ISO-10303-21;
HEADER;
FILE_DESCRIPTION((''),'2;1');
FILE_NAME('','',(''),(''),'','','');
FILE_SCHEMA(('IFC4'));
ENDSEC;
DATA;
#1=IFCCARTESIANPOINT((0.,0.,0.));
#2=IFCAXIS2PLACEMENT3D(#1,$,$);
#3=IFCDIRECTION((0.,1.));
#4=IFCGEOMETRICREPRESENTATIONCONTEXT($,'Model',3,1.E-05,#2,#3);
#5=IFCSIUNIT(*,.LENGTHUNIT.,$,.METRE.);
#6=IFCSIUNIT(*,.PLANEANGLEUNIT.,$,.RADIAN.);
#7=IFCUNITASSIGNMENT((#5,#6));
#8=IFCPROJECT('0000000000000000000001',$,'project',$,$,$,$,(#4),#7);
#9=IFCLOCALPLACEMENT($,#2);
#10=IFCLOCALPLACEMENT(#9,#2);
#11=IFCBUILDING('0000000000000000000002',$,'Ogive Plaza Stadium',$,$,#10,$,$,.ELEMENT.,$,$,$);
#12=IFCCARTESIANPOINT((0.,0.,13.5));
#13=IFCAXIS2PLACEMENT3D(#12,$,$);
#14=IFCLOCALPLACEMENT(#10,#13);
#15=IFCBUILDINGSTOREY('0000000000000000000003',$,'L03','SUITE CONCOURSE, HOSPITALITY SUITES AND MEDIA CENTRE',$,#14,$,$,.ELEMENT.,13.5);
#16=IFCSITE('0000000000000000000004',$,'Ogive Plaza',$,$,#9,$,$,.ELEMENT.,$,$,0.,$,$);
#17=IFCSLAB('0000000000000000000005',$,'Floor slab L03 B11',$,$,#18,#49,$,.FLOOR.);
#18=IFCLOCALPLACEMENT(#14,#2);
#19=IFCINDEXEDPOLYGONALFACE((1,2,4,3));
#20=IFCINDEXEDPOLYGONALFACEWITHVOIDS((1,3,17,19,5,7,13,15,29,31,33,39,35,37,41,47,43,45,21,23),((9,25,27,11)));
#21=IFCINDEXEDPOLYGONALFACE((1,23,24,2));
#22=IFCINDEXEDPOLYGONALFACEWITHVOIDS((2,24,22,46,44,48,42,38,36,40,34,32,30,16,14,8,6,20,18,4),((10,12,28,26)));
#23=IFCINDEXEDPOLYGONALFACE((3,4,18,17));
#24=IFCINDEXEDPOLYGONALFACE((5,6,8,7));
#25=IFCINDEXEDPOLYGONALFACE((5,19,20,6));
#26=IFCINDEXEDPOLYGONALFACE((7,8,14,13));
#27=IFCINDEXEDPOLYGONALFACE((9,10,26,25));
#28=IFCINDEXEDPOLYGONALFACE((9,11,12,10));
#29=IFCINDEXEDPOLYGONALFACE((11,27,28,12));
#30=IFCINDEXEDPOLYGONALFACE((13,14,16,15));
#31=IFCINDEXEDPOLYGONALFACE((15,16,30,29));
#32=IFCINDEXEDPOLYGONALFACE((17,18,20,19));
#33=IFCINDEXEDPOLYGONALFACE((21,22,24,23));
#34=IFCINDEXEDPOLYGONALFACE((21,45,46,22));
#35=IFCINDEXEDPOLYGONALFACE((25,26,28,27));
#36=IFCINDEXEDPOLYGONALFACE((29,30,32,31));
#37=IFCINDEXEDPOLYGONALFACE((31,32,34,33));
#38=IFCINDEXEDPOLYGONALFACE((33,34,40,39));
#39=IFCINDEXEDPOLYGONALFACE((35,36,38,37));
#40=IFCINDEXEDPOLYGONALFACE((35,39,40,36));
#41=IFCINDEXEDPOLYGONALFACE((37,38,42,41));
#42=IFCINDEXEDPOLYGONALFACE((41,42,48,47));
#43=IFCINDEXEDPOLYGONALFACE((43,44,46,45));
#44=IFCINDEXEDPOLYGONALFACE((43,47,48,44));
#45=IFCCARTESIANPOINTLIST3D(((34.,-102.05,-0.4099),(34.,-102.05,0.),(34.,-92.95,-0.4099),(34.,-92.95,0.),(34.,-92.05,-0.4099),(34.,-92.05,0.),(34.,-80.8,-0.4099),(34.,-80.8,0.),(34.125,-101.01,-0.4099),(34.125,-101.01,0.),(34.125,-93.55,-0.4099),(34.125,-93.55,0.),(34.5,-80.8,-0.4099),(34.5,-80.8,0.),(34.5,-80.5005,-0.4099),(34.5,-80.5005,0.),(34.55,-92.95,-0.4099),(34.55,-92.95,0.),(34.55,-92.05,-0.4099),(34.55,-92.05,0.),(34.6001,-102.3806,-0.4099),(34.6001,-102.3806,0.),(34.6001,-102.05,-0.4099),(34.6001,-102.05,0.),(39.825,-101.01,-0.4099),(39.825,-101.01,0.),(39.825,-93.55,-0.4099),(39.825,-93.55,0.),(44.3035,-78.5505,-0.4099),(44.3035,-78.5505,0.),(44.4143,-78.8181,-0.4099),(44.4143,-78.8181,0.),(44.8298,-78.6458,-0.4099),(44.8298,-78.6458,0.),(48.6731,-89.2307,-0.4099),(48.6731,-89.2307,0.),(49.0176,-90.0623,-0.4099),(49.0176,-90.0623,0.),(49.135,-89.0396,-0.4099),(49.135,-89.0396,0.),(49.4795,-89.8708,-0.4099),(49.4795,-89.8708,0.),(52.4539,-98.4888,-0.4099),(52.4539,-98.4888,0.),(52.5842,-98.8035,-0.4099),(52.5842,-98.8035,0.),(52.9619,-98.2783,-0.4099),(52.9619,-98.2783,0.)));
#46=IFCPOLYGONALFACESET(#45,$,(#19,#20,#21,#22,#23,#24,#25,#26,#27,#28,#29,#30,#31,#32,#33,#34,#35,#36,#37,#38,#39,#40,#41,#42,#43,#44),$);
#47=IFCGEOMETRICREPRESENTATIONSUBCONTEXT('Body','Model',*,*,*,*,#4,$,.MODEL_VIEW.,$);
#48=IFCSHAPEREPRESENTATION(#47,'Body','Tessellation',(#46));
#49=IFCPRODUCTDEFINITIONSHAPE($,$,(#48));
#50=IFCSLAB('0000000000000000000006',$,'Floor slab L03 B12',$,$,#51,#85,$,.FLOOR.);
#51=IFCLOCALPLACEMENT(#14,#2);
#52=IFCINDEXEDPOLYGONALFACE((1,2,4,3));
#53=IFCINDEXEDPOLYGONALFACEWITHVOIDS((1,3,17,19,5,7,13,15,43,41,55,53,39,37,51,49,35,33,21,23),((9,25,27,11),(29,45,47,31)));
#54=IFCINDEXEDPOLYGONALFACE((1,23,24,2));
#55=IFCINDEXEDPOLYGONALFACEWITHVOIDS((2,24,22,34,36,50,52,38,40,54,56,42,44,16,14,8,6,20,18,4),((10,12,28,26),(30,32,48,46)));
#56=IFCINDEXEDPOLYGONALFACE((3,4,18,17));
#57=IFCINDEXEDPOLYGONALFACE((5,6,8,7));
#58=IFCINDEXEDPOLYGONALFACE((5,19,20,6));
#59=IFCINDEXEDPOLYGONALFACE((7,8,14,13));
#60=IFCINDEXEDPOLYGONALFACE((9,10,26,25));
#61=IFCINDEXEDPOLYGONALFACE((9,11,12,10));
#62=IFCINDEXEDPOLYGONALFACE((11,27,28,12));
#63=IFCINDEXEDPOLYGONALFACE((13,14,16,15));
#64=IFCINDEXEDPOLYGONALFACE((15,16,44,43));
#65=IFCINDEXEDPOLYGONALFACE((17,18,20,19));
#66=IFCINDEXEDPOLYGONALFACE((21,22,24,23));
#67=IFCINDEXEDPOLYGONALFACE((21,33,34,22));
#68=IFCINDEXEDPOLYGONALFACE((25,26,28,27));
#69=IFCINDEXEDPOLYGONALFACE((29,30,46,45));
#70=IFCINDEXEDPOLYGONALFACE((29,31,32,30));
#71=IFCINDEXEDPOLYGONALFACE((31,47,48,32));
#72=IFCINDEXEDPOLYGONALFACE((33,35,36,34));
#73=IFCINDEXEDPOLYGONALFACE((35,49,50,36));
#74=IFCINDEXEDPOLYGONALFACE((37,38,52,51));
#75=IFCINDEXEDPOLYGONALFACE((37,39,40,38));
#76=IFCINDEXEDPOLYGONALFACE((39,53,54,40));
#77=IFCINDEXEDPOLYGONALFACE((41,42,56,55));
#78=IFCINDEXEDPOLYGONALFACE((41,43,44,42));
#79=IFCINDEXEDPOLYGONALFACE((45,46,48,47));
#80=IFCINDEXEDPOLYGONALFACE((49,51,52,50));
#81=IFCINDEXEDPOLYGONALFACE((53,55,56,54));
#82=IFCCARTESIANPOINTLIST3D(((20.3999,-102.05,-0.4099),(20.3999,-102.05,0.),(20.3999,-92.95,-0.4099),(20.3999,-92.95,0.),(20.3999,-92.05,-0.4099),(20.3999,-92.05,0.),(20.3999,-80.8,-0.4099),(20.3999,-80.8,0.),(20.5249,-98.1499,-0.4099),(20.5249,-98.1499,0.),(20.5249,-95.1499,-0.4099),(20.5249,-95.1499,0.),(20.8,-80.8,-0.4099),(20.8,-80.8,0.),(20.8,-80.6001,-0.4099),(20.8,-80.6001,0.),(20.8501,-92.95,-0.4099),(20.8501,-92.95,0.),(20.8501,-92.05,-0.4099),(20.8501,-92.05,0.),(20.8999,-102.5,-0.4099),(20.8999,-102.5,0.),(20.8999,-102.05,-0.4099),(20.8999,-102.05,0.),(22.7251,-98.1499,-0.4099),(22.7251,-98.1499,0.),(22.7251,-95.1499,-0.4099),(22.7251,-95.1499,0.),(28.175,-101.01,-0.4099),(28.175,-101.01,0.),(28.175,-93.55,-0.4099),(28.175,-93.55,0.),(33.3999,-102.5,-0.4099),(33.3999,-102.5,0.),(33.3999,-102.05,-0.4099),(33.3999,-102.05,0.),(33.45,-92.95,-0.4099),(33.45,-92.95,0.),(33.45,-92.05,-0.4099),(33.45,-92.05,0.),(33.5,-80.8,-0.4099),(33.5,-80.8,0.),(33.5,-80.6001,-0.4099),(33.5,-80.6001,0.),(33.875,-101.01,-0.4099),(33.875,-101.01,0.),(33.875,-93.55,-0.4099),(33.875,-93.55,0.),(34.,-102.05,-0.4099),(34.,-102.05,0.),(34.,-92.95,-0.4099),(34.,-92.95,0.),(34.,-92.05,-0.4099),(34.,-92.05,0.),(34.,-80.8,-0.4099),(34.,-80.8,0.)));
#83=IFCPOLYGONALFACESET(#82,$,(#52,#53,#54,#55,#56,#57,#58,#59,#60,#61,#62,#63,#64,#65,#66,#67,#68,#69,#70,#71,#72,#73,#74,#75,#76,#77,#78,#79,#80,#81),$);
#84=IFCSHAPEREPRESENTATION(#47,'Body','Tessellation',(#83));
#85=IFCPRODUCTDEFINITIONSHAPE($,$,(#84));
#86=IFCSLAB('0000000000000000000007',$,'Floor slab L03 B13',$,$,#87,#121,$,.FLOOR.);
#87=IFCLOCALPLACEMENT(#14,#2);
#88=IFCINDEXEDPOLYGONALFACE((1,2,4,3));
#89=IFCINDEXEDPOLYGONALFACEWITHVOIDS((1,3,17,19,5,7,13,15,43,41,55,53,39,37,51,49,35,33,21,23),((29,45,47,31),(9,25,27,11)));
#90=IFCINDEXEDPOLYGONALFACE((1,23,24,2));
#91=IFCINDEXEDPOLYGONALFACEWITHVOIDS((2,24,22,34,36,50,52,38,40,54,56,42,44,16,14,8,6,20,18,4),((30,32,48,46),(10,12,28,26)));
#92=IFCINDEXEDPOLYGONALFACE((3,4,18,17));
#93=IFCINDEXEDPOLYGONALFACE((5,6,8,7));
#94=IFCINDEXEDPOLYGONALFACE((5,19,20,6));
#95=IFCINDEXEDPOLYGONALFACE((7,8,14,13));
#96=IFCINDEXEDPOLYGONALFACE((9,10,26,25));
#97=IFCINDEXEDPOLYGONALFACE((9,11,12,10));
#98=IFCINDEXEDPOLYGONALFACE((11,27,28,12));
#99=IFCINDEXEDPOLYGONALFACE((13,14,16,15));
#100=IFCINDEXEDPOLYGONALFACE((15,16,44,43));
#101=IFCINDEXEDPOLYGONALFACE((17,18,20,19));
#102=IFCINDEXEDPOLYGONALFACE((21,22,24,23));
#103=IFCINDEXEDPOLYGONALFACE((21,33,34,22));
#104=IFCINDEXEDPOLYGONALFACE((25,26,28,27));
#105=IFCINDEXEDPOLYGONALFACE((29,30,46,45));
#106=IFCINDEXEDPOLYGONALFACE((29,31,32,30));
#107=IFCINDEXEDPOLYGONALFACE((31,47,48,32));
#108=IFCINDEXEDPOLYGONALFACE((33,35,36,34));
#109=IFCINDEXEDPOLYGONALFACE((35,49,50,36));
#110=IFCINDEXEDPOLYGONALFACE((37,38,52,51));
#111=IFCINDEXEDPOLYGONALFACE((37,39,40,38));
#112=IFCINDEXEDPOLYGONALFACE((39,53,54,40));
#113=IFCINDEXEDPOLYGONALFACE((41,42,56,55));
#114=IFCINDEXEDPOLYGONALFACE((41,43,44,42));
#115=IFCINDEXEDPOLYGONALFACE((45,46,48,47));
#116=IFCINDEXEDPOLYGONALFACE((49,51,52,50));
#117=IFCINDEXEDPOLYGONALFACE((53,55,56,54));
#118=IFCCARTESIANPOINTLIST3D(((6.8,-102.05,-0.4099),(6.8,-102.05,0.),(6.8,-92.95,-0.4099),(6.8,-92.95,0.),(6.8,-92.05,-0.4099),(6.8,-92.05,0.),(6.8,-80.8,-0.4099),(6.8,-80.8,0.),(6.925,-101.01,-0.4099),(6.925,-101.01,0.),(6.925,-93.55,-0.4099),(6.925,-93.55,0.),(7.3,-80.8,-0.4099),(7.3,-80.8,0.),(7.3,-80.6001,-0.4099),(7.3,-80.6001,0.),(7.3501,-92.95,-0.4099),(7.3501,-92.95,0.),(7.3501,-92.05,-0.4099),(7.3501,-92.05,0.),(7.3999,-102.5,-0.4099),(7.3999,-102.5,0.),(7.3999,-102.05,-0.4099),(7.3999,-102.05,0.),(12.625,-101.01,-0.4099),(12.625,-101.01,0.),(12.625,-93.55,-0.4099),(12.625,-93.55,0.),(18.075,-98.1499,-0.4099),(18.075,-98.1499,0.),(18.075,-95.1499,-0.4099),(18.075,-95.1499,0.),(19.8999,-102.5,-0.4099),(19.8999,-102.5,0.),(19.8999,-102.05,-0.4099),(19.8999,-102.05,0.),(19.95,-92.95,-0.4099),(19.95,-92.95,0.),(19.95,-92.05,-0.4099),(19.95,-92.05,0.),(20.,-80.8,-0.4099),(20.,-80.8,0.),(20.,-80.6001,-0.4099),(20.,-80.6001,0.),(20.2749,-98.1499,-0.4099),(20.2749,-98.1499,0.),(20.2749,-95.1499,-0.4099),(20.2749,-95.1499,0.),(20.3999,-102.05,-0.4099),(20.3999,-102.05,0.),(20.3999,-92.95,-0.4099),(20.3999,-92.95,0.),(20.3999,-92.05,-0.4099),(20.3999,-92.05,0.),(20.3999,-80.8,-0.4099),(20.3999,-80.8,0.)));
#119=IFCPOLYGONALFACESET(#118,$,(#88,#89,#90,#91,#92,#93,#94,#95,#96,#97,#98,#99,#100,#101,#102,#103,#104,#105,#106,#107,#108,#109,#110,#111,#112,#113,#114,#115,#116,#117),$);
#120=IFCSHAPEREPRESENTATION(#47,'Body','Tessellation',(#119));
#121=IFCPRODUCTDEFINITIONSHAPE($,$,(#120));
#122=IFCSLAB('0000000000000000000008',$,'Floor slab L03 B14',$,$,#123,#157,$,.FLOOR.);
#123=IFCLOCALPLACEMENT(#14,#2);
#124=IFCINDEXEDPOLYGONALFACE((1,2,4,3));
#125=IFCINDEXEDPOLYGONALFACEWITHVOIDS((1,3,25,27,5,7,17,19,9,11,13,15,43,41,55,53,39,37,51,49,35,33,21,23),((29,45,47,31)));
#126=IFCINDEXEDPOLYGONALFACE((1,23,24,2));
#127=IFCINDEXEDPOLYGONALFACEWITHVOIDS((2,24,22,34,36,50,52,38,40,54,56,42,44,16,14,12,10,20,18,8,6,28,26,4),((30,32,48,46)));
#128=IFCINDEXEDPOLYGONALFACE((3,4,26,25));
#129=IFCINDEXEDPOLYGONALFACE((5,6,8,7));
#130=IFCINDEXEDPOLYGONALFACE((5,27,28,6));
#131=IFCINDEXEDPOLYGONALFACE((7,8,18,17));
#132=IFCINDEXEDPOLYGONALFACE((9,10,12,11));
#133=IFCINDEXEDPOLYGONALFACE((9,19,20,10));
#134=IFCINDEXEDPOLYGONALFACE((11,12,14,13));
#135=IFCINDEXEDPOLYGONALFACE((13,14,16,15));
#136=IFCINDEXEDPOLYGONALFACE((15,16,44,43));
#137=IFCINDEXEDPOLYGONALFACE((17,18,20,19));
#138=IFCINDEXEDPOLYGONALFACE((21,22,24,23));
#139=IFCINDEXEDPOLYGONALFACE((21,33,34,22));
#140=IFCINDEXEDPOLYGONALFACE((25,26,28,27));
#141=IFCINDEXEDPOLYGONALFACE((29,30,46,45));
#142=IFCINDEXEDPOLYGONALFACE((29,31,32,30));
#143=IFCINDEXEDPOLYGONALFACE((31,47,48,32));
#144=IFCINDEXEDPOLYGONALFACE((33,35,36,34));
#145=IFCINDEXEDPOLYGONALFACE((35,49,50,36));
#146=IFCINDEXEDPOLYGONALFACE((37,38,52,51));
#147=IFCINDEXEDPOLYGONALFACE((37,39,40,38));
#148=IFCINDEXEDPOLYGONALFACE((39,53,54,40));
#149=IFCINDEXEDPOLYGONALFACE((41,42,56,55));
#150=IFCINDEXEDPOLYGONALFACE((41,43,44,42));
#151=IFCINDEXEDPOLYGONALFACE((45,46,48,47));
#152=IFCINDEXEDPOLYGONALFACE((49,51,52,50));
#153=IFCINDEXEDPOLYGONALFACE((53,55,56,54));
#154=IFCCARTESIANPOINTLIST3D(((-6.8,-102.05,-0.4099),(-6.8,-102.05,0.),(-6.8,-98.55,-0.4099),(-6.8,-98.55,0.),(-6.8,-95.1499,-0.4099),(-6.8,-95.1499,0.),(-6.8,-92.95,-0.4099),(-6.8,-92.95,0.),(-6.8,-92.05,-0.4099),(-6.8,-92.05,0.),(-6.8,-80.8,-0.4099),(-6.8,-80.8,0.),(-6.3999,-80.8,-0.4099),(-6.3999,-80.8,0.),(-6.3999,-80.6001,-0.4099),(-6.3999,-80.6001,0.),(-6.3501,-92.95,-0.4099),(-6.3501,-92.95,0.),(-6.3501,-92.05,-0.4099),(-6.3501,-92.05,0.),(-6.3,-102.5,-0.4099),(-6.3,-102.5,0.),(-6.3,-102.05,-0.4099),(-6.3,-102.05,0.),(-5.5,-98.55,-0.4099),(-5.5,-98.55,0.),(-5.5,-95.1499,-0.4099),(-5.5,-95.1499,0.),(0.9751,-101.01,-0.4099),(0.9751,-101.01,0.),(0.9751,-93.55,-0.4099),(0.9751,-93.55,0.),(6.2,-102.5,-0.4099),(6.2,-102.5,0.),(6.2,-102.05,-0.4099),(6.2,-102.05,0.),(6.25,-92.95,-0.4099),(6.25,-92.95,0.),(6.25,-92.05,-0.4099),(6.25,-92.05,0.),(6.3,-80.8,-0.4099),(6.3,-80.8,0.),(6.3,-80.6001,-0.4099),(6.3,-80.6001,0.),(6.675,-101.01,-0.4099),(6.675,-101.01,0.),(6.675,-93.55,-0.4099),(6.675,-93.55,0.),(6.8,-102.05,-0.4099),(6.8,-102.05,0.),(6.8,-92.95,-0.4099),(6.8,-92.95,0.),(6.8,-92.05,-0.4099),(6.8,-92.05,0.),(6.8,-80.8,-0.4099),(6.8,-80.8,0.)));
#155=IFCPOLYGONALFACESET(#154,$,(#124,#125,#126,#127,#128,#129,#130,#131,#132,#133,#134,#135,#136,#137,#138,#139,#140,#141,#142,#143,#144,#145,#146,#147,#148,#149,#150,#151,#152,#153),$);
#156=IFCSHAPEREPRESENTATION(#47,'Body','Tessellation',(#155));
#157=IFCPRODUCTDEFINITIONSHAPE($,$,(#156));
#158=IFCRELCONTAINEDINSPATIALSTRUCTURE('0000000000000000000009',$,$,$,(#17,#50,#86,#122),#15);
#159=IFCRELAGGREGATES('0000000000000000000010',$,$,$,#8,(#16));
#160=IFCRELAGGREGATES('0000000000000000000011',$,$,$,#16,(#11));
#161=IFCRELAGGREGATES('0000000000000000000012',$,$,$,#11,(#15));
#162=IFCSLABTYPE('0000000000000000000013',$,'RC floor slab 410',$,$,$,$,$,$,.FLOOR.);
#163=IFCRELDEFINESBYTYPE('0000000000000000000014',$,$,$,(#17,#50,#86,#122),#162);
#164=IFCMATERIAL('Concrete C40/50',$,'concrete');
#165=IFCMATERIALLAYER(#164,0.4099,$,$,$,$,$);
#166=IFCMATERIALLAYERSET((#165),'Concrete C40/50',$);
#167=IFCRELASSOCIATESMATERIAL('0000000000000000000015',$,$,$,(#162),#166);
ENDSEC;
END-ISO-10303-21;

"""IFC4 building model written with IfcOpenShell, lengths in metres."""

from ifc_helpers import new_model, si_unit, direction, frame, origin, place, context, subcontext, project, spatial, polyline, outline, extrude, material, layer, layer_set, type_object, element, save


model = new_model("IFC4")

# Units and contexts
model_context = context("Model", 3, precision=1e-05, world=origin(), true_north=direction((0.0, 1.0)))
body_context = subcontext(model_context, "Body", "Model", "MODEL_VIEW")
ifc_project = project(units=[si_unit("LENGTHUNIT", "METRE"), si_unit("PLANEANGLEUNIT", "RADIAN")], contexts=[model_context])

# Site, building, storey
site_placement = place(None, origin())
site = spatial("IfcSite", under=ifc_project, at=site_placement, Name="Ogive Plaza", CompositionType="ELEMENT", RefElevation=0.0)
building_placement = place(site_placement, origin())
building = spatial("IfcBuilding", under=site, at=building_placement, Name="Ogive Plaza Stadium", CompositionType="ELEMENT")
storey_placement = place(building_placement, frame((0.0, 0.0, 13.5)))
storey = spatial("IfcBuildingStorey", under=building, at=storey_placement, Name="L03", Description="SUITE CONCOURSE, HOSPITALITY SUITES AND MEDIA CENTRE", CompositionType="ELEMENT", Elevation=13.5)

# Slabs
ifc_material_1 = material(Name="Concrete C40/50", Category="concrete")
ifc_layer_1 = layer(ifc_material_1, 0.4099)
ifc_layer_set_1 = layer_set([ifc_layer_1], Name="Concrete C40/50")
slab_type = type_object("IfcSlabType", Name="RC floor slab 410", PredefinedType="FLOOR", material=ifc_layer_set_1)
slab_1_placement = place(storey_placement, frame((0.0, 0.0, -0.4099)))
element("IfcSlab", 1, at=slab_1_placement, inside=storey, type_object=slab_type, Name="Floor slab L03 B11", PredefinedType="FLOOR", context=body_context, shape_type="SweptSolid", body=[
    extrude(outline(polyline([(34.0, -92.05), (34.55, -92.05), (34.55, -92.95), (34.0, -92.95), (34.0, -102.05), (34.6001, -102.05), (34.6001, -102.3806), (52.5842, -98.8035), (52.4539, -98.4888), (52.9619, -98.2783), (49.4795, -89.8708), (49.0176, -90.0623), (48.6731, -89.2307), (49.135, -89.0396), (44.8298, -78.6458), (44.4143, -78.8181), (44.3035, -78.5505), (34.5, -80.5005), (34.5, -80.8), (34.0, -80.8), (34.0, -92.05)]), holes=[polyline([(39.825, -93.55), (34.125, -93.55), (34.125, -101.01), (39.825, -101.01), (39.825, -93.55)])]), origin(), (0.0, 0.0, 1.0), 0.4099),
])
slab_2_placement = place(storey_placement, frame((0.0, 0.0, -0.4099)))
element("IfcSlab", 2, at=slab_2_placement, inside=storey, type_object=slab_type, Name="Floor slab L03 B12", PredefinedType="FLOOR", context=body_context, shape_type="SweptSolid", body=[
    extrude(outline(polyline([(20.3999, -92.05), (20.8501, -92.05), (20.8501, -92.95), (20.3999, -92.95), (20.3999, -102.05), (20.8999, -102.05), (20.8999, -102.5), (33.3999, -102.5), (33.3999, -102.05), (34.0, -102.05), (34.0, -92.95), (33.45, -92.95), (33.45, -92.05), (34.0, -92.05), (34.0, -80.8), (33.5, -80.8), (33.5, -80.6001), (20.8, -80.6001), (20.8, -80.8), (20.3999, -80.8), (20.3999, -92.05)]), holes=[polyline([(33.875, -93.55), (28.175, -93.55), (28.175, -101.01), (33.875, -101.01), (33.875, -93.55)]), polyline([(22.7251, -95.1499), (20.5249, -95.1499), (20.5249, -98.1499), (22.7251, -98.1499), (22.7251, -95.1499)])]), origin(), (0.0, 0.0, 1.0), 0.4099),
])
slab_3_placement = place(storey_placement, frame((0.0, 0.0, -0.4099)))
element("IfcSlab", 3, at=slab_3_placement, inside=storey, type_object=slab_type, Name="Floor slab L03 B13", PredefinedType="FLOOR", context=body_context, shape_type="SweptSolid", body=[
    extrude(outline(polyline([(6.8, -92.05), (7.3501, -92.05), (7.3501, -92.95), (6.8, -92.95), (6.8, -102.05), (7.3999, -102.05), (7.3999, -102.5), (19.8999, -102.5), (19.8999, -102.05), (20.3999, -102.05), (20.3999, -92.95), (19.95, -92.95), (19.95, -92.05), (20.3999, -92.05), (20.3999, -80.8), (20.0, -80.8), (20.0, -80.6001), (7.3, -80.6001), (7.3, -80.8), (6.8, -80.8), (6.8, -92.05)]), holes=[polyline([(12.625, -93.55), (6.925, -93.55), (6.925, -101.01), (12.625, -101.01), (12.625, -93.55)]), polyline([(20.2749, -95.1499), (18.075, -95.1499), (18.075, -98.1499), (20.2749, -98.1499), (20.2749, -95.1499)])]), origin(), (0.0, 0.0, 1.0), 0.4099),
])
slab_4_placement = place(storey_placement, frame((0.0, 0.0, -0.4099)))
element("IfcSlab", 4, at=slab_4_placement, inside=storey, type_object=slab_type, Name="Floor slab L03 B14", PredefinedType="FLOOR", context=body_context, shape_type="SweptSolid", body=[
    extrude(outline(polyline([(-6.8, -92.05), (-6.3501, -92.05), (-6.3501, -92.95), (-6.8, -92.95), (-6.8, -95.1499), (-5.5, -95.1499), (-5.5, -98.55), (-6.8, -98.55), (-6.8, -102.05), (-6.3, -102.05), (-6.3, -102.5), (6.2, -102.5), (6.2, -102.05), (6.8, -102.05), (6.8, -92.95), (6.25, -92.95), (6.25, -92.05), (6.8, -92.05), (6.8, -80.8), (6.3, -80.8), (6.3, -80.6001), (-6.3999, -80.6001), (-6.3999, -80.8), (-6.8, -80.8), (-6.8, -92.05)]), holes=[polyline([(6.675, -93.55), (0.9751, -93.55), (0.9751, -101.01), (6.675, -101.01), (6.675, -93.55)])]), origin(), (0.0, 0.0, 1.0), 0.4099),
])

save(model, "model.ifc")
